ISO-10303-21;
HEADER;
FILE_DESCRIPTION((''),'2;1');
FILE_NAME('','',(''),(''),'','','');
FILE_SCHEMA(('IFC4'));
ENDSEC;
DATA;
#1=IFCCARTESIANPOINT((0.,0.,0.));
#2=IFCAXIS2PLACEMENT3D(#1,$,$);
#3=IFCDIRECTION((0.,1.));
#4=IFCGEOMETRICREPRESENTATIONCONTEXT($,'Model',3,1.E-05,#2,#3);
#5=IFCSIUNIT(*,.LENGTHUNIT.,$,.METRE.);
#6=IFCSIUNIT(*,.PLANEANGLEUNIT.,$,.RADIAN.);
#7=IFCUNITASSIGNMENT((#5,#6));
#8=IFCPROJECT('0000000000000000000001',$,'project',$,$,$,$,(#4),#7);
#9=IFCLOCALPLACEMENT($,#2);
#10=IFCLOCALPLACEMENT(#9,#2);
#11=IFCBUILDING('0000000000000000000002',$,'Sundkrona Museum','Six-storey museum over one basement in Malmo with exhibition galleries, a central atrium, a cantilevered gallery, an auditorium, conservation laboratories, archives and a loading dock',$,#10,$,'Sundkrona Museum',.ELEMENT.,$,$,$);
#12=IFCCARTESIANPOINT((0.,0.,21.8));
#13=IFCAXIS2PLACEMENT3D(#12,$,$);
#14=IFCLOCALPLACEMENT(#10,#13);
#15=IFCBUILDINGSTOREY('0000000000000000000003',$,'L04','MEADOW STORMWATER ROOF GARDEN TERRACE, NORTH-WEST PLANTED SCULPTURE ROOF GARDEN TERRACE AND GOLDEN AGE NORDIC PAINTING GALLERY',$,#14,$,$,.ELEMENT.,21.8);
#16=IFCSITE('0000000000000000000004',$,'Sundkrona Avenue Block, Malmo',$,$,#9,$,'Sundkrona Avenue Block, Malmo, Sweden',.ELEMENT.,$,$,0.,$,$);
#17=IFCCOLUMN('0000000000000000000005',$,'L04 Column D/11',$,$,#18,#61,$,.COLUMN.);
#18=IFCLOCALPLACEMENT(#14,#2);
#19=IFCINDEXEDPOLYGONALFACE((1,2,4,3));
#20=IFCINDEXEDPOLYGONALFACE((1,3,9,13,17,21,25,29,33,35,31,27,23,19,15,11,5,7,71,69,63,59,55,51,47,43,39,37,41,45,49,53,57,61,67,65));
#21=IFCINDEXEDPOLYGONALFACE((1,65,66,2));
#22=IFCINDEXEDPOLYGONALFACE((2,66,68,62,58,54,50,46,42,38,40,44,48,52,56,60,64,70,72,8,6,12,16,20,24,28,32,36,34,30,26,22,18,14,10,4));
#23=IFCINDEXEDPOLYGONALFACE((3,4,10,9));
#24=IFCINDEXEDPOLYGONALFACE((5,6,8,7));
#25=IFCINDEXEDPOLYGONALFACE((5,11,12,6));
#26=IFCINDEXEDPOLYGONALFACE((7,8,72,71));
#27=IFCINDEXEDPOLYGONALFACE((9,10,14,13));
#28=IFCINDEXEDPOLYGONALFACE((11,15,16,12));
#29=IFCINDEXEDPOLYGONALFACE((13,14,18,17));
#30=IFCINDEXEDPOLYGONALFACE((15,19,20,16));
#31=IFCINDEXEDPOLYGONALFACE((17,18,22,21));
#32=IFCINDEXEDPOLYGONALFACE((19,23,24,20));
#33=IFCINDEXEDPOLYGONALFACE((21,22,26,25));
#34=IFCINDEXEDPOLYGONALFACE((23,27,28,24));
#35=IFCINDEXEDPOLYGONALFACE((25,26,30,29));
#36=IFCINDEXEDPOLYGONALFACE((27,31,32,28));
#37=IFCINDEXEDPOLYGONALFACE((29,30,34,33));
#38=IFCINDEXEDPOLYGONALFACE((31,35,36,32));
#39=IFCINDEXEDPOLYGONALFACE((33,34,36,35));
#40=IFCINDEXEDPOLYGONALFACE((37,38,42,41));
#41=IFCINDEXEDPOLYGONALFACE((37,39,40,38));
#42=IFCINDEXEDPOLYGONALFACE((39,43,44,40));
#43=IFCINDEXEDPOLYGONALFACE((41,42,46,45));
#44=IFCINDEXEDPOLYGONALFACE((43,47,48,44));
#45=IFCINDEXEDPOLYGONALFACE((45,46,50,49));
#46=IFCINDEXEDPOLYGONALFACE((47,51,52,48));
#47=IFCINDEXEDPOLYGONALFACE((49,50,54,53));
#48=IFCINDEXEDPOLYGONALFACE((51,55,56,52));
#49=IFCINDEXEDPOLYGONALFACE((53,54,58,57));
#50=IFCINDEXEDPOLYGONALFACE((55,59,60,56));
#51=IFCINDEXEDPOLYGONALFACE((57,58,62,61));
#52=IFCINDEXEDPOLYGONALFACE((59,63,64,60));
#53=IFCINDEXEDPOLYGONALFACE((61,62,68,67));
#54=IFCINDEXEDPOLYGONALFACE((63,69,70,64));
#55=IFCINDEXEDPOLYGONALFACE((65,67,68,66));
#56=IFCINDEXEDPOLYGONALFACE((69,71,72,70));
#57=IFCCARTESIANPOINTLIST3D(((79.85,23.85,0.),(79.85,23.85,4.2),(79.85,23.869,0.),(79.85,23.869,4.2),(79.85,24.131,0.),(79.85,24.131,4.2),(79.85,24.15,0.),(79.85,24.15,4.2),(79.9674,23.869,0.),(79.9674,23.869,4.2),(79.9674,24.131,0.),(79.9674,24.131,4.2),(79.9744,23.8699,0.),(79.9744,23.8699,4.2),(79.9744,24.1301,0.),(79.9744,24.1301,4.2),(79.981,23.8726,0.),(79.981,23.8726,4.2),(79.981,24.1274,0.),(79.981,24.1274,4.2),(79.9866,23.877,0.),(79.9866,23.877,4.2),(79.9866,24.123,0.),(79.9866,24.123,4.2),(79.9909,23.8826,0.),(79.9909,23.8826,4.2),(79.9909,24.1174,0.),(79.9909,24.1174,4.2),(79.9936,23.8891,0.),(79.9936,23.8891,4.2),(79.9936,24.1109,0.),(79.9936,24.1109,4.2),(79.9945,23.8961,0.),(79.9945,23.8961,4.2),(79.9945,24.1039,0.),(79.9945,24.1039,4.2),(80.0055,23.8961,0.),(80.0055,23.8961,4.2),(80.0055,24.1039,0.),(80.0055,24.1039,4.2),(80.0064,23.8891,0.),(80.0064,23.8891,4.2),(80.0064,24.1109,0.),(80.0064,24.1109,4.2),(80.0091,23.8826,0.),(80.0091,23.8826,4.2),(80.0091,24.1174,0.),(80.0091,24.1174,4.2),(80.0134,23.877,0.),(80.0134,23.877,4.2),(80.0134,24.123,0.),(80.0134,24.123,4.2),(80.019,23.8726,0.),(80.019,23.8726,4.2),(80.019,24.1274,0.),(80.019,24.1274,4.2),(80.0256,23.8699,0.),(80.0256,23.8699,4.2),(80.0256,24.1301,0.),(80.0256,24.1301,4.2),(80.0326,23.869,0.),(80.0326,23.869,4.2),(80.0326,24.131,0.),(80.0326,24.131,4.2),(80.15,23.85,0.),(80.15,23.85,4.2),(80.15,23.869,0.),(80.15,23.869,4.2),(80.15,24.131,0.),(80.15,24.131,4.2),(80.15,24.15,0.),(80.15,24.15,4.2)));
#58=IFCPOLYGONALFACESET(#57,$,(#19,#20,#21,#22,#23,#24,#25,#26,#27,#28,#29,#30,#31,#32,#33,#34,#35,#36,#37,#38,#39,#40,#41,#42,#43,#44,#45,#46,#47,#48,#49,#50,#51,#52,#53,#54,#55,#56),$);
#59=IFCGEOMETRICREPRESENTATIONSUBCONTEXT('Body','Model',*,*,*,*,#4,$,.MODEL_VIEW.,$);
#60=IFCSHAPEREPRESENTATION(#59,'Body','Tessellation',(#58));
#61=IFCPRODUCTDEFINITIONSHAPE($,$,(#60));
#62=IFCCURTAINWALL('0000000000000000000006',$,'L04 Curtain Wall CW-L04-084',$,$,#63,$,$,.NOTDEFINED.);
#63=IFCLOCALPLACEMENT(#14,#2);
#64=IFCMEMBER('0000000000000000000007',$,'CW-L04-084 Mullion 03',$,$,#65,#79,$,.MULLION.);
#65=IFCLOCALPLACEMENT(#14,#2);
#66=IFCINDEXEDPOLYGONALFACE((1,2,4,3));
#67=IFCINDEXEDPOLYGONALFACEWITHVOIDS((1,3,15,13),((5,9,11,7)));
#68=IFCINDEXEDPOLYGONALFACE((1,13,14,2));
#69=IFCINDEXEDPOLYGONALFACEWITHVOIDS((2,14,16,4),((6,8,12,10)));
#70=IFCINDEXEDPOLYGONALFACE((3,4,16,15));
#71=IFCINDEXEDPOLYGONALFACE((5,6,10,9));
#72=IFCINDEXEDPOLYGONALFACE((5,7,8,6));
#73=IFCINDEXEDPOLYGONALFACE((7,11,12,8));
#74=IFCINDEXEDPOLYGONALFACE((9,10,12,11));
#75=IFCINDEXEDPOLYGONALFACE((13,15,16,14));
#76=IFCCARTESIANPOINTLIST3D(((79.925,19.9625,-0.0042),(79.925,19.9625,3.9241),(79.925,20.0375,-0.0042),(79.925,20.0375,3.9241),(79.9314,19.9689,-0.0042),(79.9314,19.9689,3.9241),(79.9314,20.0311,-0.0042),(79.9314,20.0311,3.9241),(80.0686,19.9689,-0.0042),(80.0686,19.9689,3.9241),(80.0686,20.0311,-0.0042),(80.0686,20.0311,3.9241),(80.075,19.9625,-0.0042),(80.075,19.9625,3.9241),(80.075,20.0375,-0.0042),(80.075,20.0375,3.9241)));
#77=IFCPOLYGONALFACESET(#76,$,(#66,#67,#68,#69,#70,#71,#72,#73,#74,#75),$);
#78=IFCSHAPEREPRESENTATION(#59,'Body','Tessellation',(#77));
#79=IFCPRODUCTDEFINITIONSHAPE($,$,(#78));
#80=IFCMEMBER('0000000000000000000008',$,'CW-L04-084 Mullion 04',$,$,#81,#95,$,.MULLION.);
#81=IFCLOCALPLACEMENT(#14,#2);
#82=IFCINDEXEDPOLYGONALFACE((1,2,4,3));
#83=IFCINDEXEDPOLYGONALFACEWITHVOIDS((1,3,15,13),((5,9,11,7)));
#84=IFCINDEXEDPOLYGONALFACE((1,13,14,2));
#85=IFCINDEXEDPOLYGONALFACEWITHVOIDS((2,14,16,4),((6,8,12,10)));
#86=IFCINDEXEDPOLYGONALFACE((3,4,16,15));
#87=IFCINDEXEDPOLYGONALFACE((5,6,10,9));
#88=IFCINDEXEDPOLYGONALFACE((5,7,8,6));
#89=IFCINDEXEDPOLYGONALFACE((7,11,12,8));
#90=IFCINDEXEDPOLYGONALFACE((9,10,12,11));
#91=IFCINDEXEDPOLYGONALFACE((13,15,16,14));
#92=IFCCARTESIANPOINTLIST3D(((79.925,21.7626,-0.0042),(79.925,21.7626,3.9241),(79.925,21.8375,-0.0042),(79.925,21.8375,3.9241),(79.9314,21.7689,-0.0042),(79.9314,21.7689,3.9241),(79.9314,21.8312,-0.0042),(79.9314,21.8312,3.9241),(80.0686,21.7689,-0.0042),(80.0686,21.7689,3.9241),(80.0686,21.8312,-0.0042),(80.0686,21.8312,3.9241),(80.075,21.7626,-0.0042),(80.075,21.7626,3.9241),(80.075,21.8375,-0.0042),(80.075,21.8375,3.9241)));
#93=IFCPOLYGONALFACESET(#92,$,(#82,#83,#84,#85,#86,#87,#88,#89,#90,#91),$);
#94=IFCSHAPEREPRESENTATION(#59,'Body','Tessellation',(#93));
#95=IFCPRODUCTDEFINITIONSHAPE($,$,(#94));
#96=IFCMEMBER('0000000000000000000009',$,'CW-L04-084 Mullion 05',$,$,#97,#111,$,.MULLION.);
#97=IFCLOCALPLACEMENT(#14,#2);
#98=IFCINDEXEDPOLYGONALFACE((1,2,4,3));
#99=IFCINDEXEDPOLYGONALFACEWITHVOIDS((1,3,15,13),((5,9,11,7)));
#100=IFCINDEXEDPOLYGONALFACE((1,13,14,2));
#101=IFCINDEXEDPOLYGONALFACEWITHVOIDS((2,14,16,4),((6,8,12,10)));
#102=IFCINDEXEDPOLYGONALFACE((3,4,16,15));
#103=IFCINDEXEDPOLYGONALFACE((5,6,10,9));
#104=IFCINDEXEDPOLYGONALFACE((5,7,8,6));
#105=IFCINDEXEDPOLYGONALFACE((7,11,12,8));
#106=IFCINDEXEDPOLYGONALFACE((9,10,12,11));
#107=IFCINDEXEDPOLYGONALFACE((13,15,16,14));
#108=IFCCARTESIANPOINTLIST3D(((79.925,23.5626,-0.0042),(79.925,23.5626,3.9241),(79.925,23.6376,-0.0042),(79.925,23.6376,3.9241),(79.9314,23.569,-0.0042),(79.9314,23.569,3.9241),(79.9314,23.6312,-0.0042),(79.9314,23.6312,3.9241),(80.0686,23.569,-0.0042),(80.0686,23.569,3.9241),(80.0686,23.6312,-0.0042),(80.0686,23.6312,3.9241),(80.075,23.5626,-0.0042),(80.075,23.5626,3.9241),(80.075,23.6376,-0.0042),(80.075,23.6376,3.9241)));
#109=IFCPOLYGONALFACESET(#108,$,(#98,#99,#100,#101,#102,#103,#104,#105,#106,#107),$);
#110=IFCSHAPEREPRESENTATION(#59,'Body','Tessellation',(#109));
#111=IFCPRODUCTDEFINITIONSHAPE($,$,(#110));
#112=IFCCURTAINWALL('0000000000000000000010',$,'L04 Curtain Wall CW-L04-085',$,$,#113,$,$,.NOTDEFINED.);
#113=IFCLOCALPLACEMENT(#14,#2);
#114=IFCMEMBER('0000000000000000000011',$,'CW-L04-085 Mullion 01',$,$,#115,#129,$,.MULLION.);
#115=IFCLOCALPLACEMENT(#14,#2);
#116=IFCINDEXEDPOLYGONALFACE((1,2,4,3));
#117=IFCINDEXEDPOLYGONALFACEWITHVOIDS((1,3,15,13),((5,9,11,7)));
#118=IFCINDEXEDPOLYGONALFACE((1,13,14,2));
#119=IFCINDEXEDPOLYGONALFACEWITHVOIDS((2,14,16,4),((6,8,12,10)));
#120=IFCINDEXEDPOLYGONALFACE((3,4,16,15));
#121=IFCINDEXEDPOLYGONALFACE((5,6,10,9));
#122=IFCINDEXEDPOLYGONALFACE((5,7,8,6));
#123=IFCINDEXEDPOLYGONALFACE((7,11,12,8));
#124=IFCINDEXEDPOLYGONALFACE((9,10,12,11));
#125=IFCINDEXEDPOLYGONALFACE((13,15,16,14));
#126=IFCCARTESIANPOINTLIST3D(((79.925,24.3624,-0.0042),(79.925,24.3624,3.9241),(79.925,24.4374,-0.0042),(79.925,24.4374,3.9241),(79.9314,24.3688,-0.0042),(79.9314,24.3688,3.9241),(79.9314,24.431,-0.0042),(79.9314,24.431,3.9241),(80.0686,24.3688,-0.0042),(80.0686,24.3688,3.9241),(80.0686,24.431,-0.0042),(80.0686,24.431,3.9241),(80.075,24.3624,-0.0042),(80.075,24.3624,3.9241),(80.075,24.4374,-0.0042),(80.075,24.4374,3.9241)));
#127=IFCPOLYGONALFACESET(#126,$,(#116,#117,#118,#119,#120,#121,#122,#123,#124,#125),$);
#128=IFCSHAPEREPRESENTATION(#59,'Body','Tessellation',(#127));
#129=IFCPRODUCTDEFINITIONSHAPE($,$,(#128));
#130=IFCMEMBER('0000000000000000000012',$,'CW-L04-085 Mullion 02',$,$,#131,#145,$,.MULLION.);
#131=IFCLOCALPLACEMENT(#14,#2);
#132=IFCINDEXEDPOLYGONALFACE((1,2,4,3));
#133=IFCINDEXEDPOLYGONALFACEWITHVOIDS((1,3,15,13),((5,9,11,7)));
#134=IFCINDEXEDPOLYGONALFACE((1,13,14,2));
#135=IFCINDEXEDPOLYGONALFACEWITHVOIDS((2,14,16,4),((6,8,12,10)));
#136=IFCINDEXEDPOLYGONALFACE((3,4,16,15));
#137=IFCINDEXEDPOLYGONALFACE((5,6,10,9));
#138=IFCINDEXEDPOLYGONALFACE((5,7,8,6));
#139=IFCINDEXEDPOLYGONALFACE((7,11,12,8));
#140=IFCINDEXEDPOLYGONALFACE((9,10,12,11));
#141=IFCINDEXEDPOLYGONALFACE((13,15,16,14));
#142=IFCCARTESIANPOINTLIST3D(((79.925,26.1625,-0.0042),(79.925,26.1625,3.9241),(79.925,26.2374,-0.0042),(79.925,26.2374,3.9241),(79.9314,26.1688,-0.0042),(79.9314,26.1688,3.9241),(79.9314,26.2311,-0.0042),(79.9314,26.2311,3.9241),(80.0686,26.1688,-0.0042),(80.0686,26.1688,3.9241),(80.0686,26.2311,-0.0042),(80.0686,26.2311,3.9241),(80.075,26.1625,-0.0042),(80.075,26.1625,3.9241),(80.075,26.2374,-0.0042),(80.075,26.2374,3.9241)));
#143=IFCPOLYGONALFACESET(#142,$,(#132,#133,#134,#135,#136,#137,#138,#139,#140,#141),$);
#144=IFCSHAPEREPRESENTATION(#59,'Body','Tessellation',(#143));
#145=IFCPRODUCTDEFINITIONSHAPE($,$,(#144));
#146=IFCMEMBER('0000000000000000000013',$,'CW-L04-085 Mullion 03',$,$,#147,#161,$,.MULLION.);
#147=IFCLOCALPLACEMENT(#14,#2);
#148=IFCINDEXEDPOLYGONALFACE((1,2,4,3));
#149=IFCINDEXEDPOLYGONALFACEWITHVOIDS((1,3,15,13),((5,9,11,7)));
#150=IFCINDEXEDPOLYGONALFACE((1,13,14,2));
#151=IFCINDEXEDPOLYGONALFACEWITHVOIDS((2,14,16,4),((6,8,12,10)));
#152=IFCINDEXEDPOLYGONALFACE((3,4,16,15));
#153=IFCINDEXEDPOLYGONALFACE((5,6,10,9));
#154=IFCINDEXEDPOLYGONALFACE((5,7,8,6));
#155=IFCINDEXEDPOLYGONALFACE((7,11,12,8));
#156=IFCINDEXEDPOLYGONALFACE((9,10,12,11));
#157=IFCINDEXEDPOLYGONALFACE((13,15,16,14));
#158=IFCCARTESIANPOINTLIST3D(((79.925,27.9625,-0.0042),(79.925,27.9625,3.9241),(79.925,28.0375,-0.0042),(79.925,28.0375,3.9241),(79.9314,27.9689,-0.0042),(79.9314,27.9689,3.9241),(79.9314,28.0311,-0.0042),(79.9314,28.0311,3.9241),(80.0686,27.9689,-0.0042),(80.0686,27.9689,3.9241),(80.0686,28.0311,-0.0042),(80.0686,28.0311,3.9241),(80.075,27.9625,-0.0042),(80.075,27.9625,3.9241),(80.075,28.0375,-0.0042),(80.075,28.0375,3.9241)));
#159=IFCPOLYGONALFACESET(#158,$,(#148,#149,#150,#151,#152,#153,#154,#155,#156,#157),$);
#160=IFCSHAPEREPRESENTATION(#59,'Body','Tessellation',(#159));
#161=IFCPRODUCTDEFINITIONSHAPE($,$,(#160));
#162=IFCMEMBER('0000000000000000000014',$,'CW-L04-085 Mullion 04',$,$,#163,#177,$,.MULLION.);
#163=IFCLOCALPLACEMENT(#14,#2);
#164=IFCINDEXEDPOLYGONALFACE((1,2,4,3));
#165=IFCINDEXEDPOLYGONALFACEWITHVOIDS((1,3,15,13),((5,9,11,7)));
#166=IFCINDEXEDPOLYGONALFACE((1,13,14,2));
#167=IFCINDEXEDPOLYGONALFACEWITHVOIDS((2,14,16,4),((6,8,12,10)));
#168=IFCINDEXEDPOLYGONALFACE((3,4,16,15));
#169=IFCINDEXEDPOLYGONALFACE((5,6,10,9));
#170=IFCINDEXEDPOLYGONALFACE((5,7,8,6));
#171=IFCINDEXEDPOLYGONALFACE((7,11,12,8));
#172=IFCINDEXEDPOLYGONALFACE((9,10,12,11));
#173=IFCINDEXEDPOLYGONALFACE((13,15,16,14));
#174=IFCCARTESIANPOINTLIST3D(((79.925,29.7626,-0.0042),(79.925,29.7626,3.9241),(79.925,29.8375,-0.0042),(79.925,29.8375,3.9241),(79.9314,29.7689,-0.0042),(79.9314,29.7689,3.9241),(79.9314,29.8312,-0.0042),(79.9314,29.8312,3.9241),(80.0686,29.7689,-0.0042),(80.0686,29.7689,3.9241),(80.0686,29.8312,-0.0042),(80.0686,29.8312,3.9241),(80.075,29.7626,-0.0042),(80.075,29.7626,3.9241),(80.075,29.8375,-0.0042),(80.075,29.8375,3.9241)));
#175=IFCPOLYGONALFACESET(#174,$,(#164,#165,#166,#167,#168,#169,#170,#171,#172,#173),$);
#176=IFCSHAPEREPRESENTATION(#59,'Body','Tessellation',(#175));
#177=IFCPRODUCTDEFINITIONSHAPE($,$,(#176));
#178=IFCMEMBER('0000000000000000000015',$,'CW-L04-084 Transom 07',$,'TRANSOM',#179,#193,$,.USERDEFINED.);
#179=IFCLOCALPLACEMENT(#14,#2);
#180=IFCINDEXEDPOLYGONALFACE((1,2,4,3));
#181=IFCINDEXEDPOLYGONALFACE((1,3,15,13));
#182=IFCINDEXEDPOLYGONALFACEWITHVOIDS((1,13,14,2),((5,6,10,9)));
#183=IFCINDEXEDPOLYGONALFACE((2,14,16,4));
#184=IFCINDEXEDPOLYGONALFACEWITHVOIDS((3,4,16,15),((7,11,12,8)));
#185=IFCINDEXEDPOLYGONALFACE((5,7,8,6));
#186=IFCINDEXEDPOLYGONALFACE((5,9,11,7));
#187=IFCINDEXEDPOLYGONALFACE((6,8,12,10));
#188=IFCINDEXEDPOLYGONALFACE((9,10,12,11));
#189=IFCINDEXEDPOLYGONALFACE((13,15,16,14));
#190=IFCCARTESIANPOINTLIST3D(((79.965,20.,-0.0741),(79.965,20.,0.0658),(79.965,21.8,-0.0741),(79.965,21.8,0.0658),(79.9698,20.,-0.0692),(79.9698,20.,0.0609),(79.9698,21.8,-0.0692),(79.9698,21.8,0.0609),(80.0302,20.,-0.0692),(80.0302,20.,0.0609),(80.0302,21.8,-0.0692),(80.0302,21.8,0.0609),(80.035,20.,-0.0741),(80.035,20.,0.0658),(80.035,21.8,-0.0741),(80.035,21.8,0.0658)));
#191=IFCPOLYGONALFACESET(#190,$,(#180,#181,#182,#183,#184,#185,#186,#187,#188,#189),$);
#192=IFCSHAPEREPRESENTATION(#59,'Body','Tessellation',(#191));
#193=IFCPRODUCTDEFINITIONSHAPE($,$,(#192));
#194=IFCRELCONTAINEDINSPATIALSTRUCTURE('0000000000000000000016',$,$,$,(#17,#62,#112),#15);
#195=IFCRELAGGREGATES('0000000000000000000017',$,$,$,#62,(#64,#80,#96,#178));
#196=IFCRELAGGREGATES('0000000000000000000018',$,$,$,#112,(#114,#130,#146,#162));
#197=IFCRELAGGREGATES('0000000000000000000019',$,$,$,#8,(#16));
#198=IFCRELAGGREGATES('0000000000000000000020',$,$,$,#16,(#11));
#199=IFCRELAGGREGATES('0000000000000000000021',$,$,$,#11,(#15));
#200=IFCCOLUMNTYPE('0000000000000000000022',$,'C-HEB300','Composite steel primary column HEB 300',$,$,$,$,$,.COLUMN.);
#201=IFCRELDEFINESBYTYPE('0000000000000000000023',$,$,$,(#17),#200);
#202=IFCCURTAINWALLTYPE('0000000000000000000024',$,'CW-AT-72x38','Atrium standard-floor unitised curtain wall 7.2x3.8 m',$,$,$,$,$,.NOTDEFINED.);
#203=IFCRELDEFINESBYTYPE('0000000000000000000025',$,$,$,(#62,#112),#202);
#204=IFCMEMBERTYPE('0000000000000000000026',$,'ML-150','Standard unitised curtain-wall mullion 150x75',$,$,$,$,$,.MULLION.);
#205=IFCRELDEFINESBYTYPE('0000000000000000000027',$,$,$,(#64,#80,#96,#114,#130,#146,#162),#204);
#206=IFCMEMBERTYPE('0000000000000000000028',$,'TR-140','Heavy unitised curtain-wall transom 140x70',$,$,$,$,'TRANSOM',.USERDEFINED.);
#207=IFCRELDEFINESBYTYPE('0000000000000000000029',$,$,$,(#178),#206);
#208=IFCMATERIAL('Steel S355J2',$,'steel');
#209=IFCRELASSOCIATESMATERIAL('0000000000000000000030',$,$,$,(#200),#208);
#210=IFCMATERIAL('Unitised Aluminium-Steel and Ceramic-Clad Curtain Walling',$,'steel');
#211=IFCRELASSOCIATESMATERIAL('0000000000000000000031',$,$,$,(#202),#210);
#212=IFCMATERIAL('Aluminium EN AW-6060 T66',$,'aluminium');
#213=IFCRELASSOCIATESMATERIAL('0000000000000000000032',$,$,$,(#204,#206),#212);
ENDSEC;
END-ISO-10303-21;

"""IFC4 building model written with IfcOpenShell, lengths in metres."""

from ifc_helpers import new_model, si_unit, direction, frame, origin, origin_2d, place, context, subcontext, project, spatial, hollow_rectangle, i_section, extrude, material, material_profile, profile_set, type_object, element, aggregate, save


model = new_model("IFC4")

# Units and contexts
model_context = context("Model", 3, precision=1e-05, world=origin(), true_north=direction((0.0, 1.0)))
body_context = subcontext(model_context, "Body", "Model", "MODEL_VIEW")
ifc_project = project(units=[si_unit("LENGTHUNIT", "METRE"), si_unit("PLANEANGLEUNIT", "RADIAN")], contexts=[model_context])

# Site, building, storey
site_placement = place(None, origin())
site = spatial("IfcSite", under=ifc_project, at=site_placement, Name="Sundkrona Avenue Block, Malmo", LongName="Sundkrona Avenue Block, Malmo, Sweden", CompositionType="ELEMENT", RefElevation=0.0)
building_placement = place(site_placement, origin())
building = spatial("IfcBuilding", under=site, at=building_placement, Name="Sundkrona Museum", Description="Six-storey museum over one basement in Malmo with exhibition galleries, a central atrium, a cantilevered gallery, an auditorium, conservation laboratories, archives and a loading dock", LongName="Sundkrona Museum", CompositionType="ELEMENT")
storey_placement = place(building_placement, frame((0.0, 0.0, 21.8)))
storey = spatial("IfcBuildingStorey", under=building, at=storey_placement, Name="L04", Description="MEADOW STORMWATER ROOF GARDEN TERRACE, NORTH-WEST PLANTED SCULPTURE ROOF GARDEN TERRACE AND GOLDEN AGE NORDIC PAINTING GALLERY", CompositionType="ELEMENT", Elevation=21.8)

# Column
ifc_material_1 = material(Name="Steel S355J2", Category="steel")
ifc_material_profile_1 = material_profile(ifc_material_1, i_section(OverallWidth=0.3, OverallDepth=0.3, WebThickness=0.011, FlangeThickness=0.019, FilletRadius=0.0271, at=origin_2d()), Name="HEB 300")
ifc_profile_set_1 = profile_set([ifc_material_profile_1], Name="Steel S355J2")
column_type = type_object("IfcColumnType", Name="C-HEB300", Description="Composite steel primary column HEB 300", PredefinedType="COLUMN", material=ifc_profile_set_1)
column_placement = place(storey_placement, frame((80.0, 24.0, 0.0), z_axis=(0.0, 0.0, 1.0), x_axis=(1.0, 0.0, 0.0)))
element("IfcColumn", 1, at=column_placement, inside=storey, type_object=column_type, Name="L04 Column D/11", PredefinedType="COLUMN", context=body_context, shape_type="SweptSolid", body=[
    extrude(i_section(OverallWidth=0.3, OverallDepth=0.3, WebThickness=0.011, FlangeThickness=0.019, FilletRadius=0.0271, at=origin_2d()), origin(), (0.0, 0.0, 1.0), 4.2),
])

# Curtain walls, members
ifc_material_2 = material(Name="Unitised Aluminium-Steel and Ceramic-Clad Curtain Walling", Category="steel")
curtain_wall_type = type_object("IfcCurtainWallType", Name="CW-AT-72x38", Description="Atrium standard-floor unitised curtain wall 7.2x3.8 m", PredefinedType="NOTDEFINED", material=ifc_material_2)
curtain_wall_1_placement = place(storey_placement, origin())
curtain_wall_1 = element("IfcCurtainWall", 2, at=curtain_wall_1_placement, inside=storey, type_object=curtain_wall_type, Name="L04 Curtain Wall CW-L04-084", PredefinedType="NOTDEFINED")
ifc_material_3 = material(Name="Aluminium EN AW-6060 T66", Category="aluminium")
ifc_material_profile_2 = material_profile(ifc_material_3, hollow_rectangle(XDim=0.075, YDim=0.1499, WallThickness=0.0063, at=origin_2d()), Name="RHS 150x75x6.3")
ifc_profile_set_2 = profile_set([ifc_material_profile_2], Name="Aluminium EN AW-6060 T66")
member_type_1 = type_object("IfcMemberType", Name="ML-150", Description="Standard unitised curtain-wall mullion 150x75", PredefinedType="MULLION", material=ifc_profile_set_2)
member_1_placement = place(storey_placement, frame((80.0, 20.0, -0.0042), z_axis=(0.0, 0.0, 1.0), x_axis=(0.0, 1.0, 0.0)))
member_1 = element("IfcMember", 3, at=member_1_placement, type_object=member_type_1, Name="CW-L04-084 Mullion 03", PredefinedType="MULLION", context=body_context, shape_type="SweptSolid", body=[
    extrude(hollow_rectangle(XDim=0.075, YDim=0.1499, WallThickness=0.0063, at=origin_2d()), origin(), (0.0, 0.0, 1.0), 3.9282),
])
member_2_placement = place(storey_placement, frame((80.0, 21.8, -0.0042), z_axis=(0.0, 0.0, 1.0), x_axis=(0.0, 1.0, 0.0)))
member_2 = element("IfcMember", 4, at=member_2_placement, type_object=member_type_1, Name="CW-L04-084 Mullion 04", PredefinedType="MULLION", context=body_context, shape_type="SweptSolid", body=[
    extrude(hollow_rectangle(XDim=0.075, YDim=0.1499, WallThickness=0.0063, at=origin_2d()), origin(), (0.0, 0.0, 1.0), 3.9282),
])
member_3_placement = place(storey_placement, frame((80.0, 23.6001, -0.0042), z_axis=(0.0, 0.0, 1.0), x_axis=(0.0, 1.0, 0.0)))
member_3 = element("IfcMember", 5, at=member_3_placement, type_object=member_type_1, Name="CW-L04-084 Mullion 05", PredefinedType="MULLION", context=body_context, shape_type="SweptSolid", body=[
    extrude(hollow_rectangle(XDim=0.075, YDim=0.1499, WallThickness=0.0063, at=origin_2d()), origin(), (0.0, 0.0, 1.0), 3.9282),
])
curtain_wall_2_placement = place(storey_placement, origin())
curtain_wall_2 = element("IfcCurtainWall", 6, at=curtain_wall_2_placement, inside=storey, type_object=curtain_wall_type, Name="L04 Curtain Wall CW-L04-085", PredefinedType="NOTDEFINED")
member_4_placement = place(storey_placement, frame((80.0, 24.3999, -0.0042), z_axis=(0.0, 0.0, 1.0), x_axis=(0.0, 1.0, 0.0)))
member_4 = element("IfcMember", 7, at=member_4_placement, type_object=member_type_1, Name="CW-L04-085 Mullion 01", PredefinedType="MULLION", context=body_context, shape_type="SweptSolid", body=[
    extrude(hollow_rectangle(XDim=0.075, YDim=0.1499, WallThickness=0.0063, at=origin_2d()), origin(), (0.0, 0.0, 1.0), 3.9282),
])
member_5_placement = place(storey_placement, frame((80.0, 26.2, -0.0042), z_axis=(0.0, 0.0, 1.0), x_axis=(0.0, 1.0, 0.0)))
member_5 = element("IfcMember", 8, at=member_5_placement, type_object=member_type_1, Name="CW-L04-085 Mullion 02", PredefinedType="MULLION", context=body_context, shape_type="SweptSolid", body=[
    extrude(hollow_rectangle(XDim=0.075, YDim=0.1499, WallThickness=0.0063, at=origin_2d()), origin(), (0.0, 0.0, 1.0), 3.9282),
])
member_6_placement = place(storey_placement, frame((80.0, 28.0, -0.0042), z_axis=(0.0, 0.0, 1.0), x_axis=(0.0, 1.0, 0.0)))
member_6 = element("IfcMember", 9, at=member_6_placement, type_object=member_type_1, Name="CW-L04-085 Mullion 03", PredefinedType="MULLION", context=body_context, shape_type="SweptSolid", body=[
    extrude(hollow_rectangle(XDim=0.075, YDim=0.1499, WallThickness=0.0063, at=origin_2d()), origin(), (0.0, 0.0, 1.0), 3.9282),
])
member_7_placement = place(storey_placement, frame((80.0, 29.8, -0.0042), z_axis=(0.0, 0.0, 1.0), x_axis=(0.0, 1.0, 0.0)))
member_7 = element("IfcMember", 10, at=member_7_placement, type_object=member_type_1, Name="CW-L04-085 Mullion 04", PredefinedType="MULLION", context=body_context, shape_type="SweptSolid", body=[
    extrude(hollow_rectangle(XDim=0.075, YDim=0.1499, WallThickness=0.0063, at=origin_2d()), origin(), (0.0, 0.0, 1.0), 3.9282),
])

# Member
ifc_material_profile_3 = material_profile(ifc_material_3, hollow_rectangle(XDim=0.0701, YDim=0.1399, WallThickness=0.0049, at=origin_2d()), Name="RHS 140x70x5.0")
ifc_profile_set_3 = profile_set([ifc_material_profile_3], Name="Aluminium EN AW-6060 T66")
member_type_2 = type_object("IfcMemberType", Name="TR-140", Description="Heavy unitised curtain-wall transom 140x70", ElementType="TRANSOM", PredefinedType="USERDEFINED", material=ifc_profile_set_3)
member_8_placement = place(storey_placement, frame((80.0, 20.0, -0.0042), z_axis=(0.0, 1.0, 0.0), x_axis=(-1.0, 0.0, 0.0)))
member_8 = element("IfcMember", 11, at=member_8_placement, type_object=member_type_2, Name="CW-L04-084 Transom 07", ObjectType="TRANSOM", PredefinedType="USERDEFINED", context=body_context, shape_type="SweptSolid", body=[
    extrude(hollow_rectangle(XDim=0.0701, YDim=0.1399, WallThickness=0.0049, at=origin_2d()), origin(), (0.0, 0.0, 1.0), 1.8),
])

aggregate(curtain_wall_1, [member_1, member_2, member_3, member_8])
aggregate(curtain_wall_2, [member_4, member_5, member_6, member_7])

save(model, "model.ifc")
